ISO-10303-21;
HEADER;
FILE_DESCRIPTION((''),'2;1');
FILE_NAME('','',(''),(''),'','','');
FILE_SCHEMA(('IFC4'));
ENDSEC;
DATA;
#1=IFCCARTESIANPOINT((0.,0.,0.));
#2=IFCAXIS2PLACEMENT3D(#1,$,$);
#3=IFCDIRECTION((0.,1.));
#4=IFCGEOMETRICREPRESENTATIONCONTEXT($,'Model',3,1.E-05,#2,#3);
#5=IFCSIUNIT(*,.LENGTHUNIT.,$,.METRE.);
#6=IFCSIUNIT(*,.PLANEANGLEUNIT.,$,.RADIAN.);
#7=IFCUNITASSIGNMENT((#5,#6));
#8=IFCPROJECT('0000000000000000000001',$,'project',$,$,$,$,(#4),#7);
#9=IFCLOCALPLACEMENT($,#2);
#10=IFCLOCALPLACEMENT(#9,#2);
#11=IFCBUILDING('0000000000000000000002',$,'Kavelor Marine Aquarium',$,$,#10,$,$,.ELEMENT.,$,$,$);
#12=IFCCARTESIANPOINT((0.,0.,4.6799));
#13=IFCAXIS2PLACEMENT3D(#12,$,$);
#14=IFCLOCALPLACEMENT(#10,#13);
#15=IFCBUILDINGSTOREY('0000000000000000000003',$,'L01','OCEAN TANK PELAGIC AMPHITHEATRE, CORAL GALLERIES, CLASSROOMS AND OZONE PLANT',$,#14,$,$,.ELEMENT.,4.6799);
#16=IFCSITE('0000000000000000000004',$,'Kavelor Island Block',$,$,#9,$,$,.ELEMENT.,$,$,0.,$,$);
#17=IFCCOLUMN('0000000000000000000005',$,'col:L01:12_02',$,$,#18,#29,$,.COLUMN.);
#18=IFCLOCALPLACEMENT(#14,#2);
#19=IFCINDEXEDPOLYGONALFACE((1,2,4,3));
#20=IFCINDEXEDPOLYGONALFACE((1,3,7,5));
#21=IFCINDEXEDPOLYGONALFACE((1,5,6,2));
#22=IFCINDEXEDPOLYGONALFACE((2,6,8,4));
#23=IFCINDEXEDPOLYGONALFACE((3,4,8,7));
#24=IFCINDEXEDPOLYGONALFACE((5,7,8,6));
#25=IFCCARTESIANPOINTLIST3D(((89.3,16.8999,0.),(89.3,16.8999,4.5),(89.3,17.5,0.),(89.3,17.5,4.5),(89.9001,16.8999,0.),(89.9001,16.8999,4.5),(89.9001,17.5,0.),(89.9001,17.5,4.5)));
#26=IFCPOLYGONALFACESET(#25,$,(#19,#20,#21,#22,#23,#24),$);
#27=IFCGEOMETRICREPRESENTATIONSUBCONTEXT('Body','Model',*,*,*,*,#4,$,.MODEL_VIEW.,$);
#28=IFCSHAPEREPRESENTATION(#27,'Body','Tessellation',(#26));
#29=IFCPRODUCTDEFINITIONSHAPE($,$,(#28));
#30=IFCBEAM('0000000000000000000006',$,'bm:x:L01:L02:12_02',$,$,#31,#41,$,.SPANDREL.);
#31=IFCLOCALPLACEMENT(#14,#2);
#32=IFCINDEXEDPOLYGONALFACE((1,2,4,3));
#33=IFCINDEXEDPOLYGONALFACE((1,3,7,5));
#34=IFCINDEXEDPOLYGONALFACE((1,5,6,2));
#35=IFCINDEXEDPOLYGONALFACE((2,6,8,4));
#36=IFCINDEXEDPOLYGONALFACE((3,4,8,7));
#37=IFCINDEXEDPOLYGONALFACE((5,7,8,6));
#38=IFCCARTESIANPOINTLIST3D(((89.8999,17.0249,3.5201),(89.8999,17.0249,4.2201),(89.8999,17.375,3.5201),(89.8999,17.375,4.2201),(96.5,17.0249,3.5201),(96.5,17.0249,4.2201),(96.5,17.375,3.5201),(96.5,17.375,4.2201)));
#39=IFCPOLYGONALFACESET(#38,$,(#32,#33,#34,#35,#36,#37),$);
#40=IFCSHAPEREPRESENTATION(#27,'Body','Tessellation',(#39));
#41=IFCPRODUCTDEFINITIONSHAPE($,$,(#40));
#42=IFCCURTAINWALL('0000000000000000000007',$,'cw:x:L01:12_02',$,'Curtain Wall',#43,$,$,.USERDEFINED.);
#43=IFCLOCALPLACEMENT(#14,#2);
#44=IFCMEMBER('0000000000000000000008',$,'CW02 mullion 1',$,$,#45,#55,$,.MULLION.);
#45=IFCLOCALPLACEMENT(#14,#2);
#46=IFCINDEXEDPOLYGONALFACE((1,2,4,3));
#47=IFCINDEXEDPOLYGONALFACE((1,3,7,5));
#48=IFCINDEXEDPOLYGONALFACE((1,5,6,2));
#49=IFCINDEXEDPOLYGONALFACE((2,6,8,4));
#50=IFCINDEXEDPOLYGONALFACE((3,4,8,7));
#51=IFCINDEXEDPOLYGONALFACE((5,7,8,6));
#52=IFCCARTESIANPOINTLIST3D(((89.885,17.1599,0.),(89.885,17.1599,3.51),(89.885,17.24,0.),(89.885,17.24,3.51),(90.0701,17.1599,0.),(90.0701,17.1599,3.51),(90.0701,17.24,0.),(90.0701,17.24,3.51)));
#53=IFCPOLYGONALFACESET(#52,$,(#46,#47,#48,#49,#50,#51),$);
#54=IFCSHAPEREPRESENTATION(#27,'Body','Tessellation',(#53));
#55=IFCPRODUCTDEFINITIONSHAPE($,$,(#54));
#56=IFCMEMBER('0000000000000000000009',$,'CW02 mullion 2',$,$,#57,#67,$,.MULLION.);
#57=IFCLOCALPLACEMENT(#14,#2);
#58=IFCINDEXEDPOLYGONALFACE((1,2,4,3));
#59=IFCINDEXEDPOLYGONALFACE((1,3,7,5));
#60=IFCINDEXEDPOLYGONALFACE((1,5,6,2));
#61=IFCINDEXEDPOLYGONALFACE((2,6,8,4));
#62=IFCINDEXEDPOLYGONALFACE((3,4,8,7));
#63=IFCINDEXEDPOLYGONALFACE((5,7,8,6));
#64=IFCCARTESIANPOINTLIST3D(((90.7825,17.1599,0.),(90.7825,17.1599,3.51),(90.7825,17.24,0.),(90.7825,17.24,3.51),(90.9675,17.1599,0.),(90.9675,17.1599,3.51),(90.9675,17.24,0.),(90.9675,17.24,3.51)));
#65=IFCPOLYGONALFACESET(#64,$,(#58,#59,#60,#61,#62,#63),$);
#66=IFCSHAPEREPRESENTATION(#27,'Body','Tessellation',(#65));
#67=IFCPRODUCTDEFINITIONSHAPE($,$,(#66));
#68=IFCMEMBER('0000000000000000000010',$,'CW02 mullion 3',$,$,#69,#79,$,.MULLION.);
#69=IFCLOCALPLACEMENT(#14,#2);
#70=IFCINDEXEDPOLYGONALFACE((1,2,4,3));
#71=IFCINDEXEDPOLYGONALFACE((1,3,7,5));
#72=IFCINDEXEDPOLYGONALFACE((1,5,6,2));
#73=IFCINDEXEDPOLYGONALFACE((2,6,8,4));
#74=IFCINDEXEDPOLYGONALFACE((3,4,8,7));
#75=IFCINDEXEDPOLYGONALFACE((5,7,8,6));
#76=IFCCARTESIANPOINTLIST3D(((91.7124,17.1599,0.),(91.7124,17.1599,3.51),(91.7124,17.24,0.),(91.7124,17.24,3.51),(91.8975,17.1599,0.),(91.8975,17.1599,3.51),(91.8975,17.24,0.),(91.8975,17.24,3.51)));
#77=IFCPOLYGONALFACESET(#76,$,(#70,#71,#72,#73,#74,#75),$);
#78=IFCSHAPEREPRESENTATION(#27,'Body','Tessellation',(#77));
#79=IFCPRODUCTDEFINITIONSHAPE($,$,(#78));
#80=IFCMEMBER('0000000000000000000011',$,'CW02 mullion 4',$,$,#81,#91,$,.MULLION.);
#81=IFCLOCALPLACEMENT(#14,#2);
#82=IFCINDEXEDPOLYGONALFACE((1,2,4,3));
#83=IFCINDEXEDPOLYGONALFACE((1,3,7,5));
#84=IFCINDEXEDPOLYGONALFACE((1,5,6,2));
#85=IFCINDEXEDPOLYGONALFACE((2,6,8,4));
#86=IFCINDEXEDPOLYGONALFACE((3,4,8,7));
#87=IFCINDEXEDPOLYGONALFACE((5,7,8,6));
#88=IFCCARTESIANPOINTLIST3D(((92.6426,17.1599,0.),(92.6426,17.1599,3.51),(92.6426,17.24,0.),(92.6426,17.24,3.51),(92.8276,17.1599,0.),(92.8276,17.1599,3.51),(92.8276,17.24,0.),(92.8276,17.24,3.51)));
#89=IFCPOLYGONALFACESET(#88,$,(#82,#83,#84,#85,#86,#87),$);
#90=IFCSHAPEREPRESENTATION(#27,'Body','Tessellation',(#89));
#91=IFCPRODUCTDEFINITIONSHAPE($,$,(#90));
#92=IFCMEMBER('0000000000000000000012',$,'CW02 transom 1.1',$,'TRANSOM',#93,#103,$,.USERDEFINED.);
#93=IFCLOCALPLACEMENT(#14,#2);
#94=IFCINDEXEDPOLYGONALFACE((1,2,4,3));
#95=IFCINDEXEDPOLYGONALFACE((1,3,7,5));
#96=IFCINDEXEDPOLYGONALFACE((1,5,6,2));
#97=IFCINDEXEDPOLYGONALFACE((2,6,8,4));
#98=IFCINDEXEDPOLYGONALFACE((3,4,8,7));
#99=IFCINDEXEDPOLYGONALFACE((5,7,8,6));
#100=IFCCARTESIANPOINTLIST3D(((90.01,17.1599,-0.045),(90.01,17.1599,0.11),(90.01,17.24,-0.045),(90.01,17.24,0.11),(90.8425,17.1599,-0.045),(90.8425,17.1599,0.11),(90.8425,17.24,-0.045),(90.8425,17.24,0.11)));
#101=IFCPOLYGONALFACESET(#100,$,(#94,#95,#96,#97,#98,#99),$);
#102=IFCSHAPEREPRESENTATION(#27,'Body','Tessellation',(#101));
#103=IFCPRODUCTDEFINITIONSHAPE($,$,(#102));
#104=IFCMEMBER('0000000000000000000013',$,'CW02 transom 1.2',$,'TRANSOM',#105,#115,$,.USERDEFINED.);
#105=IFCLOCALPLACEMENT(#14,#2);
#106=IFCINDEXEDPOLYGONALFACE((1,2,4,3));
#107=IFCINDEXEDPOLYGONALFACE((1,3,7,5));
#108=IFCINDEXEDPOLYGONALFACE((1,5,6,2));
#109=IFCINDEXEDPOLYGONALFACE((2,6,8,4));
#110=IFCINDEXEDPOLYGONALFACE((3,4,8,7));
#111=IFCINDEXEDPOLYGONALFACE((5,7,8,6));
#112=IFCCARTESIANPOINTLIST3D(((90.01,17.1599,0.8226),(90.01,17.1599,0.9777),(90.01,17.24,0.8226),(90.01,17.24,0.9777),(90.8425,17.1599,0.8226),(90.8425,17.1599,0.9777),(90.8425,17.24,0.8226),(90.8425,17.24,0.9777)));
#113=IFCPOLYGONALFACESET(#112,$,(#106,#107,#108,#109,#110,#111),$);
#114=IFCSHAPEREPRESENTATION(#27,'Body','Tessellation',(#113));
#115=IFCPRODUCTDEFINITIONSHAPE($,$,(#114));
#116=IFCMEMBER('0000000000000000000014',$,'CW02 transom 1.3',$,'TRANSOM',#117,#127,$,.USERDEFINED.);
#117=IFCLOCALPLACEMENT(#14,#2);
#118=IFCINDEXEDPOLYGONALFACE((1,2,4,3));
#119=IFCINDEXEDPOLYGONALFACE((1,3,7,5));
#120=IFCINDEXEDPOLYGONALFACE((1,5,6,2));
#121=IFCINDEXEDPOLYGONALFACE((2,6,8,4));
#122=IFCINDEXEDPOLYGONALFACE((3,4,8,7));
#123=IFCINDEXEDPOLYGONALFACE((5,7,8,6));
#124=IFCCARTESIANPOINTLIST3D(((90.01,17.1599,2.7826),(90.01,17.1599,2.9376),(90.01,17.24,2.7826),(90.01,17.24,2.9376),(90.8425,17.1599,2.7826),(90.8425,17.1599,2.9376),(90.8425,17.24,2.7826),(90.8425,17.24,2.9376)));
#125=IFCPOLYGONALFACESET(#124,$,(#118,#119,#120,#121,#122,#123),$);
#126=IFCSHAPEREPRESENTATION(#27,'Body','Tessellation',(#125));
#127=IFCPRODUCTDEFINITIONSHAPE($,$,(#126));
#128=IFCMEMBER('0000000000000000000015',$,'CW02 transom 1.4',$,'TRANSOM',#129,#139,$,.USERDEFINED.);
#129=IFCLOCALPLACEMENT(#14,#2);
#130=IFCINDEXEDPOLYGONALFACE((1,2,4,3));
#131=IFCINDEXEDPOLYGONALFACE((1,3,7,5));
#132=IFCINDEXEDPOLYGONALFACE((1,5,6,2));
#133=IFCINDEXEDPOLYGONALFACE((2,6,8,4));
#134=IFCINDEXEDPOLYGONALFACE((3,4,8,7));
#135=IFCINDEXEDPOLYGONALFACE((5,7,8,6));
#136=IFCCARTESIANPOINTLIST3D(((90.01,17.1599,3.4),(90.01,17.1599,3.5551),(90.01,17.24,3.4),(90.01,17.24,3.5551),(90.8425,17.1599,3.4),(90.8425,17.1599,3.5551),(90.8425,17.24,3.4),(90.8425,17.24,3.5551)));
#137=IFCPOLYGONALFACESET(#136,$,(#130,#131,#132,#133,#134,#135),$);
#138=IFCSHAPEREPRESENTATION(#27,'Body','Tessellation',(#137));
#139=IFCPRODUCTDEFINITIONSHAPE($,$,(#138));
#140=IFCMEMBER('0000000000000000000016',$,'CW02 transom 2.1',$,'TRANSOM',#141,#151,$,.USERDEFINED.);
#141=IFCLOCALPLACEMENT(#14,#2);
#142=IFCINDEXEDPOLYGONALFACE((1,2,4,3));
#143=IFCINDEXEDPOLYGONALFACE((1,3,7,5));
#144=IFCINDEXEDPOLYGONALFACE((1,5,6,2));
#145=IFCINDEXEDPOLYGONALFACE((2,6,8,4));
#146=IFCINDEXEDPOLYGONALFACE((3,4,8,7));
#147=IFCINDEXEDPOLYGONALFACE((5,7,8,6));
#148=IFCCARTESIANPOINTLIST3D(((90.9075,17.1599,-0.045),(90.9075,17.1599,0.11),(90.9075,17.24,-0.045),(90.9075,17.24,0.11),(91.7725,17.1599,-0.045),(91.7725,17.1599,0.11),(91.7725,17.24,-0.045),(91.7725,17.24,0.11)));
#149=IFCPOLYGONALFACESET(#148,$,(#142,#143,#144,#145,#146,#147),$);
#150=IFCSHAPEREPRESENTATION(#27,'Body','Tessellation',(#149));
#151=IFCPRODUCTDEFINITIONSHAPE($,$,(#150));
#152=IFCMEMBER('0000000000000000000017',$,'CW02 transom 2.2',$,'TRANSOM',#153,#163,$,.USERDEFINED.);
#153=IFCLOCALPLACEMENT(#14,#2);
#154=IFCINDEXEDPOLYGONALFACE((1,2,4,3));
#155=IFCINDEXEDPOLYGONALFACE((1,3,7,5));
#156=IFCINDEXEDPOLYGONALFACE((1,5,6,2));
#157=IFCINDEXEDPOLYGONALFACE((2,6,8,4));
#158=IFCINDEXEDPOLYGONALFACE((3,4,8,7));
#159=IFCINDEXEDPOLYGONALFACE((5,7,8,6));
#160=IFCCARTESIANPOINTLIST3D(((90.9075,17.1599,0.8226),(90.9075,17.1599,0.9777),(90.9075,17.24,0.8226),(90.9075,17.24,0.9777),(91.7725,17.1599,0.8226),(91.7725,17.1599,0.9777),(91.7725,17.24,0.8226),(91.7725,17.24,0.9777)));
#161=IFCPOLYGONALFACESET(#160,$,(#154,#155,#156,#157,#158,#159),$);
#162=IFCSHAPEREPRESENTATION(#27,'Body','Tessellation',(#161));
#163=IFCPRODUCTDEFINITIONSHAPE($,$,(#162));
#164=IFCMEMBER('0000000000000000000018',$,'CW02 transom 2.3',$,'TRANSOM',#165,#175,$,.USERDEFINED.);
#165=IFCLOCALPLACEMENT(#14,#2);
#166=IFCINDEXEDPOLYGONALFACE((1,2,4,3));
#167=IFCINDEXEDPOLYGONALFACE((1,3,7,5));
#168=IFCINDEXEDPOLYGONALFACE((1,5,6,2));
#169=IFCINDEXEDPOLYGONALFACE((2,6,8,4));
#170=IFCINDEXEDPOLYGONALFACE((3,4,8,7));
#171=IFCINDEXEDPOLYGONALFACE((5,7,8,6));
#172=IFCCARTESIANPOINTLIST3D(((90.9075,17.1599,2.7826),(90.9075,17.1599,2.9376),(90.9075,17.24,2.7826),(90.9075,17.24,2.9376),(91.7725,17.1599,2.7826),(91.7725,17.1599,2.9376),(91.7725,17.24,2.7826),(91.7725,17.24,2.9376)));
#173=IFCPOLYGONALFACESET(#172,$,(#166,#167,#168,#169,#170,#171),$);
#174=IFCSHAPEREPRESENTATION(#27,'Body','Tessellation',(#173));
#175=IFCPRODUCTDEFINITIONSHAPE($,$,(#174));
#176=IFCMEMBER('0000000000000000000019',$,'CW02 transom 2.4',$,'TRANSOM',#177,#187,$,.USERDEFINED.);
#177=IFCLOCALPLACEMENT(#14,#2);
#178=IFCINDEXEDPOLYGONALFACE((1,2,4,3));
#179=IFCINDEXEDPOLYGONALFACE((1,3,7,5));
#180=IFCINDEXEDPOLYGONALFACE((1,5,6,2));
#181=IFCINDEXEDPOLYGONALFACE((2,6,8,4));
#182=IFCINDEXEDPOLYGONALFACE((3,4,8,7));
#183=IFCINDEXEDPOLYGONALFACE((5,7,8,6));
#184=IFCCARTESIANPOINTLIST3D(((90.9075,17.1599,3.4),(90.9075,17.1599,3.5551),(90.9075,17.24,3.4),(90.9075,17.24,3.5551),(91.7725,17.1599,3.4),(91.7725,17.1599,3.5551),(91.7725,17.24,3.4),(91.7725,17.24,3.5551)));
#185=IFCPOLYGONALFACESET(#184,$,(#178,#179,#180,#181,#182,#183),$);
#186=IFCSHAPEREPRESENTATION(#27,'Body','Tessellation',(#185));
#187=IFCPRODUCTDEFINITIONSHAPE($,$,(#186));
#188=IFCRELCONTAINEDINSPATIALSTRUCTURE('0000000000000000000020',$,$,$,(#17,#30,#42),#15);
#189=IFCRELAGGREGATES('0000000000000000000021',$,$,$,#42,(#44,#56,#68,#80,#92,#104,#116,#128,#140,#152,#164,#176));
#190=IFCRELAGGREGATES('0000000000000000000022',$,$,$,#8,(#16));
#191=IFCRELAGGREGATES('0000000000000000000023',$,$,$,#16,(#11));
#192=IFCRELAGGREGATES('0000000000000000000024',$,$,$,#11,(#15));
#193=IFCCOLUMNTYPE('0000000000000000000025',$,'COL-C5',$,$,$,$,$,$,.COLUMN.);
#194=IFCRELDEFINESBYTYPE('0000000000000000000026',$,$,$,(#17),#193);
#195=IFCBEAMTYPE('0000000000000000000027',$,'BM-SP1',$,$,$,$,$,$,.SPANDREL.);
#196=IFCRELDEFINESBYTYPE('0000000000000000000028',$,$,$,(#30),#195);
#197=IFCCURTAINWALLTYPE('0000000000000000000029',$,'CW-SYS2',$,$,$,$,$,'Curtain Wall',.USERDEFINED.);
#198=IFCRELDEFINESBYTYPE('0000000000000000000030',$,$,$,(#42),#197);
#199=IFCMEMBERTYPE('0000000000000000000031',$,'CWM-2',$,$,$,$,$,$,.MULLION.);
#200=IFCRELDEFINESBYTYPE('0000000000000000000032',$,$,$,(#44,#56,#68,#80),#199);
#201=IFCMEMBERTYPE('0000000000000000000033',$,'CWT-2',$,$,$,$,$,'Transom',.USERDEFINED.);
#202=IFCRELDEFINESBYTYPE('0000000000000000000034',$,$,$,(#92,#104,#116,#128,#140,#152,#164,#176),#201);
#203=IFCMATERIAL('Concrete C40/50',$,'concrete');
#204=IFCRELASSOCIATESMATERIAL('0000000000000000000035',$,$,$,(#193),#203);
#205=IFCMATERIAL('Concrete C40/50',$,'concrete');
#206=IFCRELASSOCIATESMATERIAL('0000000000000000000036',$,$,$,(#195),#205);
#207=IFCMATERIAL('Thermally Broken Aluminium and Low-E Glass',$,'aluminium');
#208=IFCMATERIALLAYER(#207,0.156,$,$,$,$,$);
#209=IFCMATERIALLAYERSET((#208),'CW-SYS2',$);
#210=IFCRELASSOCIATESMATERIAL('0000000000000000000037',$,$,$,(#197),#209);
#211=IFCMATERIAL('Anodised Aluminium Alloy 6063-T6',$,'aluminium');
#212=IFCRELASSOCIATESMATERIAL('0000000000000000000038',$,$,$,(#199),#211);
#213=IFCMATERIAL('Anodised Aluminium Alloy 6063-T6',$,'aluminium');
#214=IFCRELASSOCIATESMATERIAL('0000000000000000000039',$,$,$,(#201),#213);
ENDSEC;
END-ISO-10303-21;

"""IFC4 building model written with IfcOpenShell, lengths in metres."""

from ifc_helpers import new_model, si_unit, direction, frame, origin, origin_2d, place, context, subcontext, project, spatial, rectangle, extrude, material, layer, layer_set, material_profile, profile_set, type_object, element, aggregate, save


model = new_model("IFC4")

# Units and contexts
model_context = context("Model", 3, precision=1e-05, world=origin(), true_north=direction((0.0, 1.0)))
body_context = subcontext(model_context, "Body", "Model", "MODEL_VIEW")
ifc_project = project(units=[si_unit("LENGTHUNIT", "METRE"), si_unit("PLANEANGLEUNIT", "RADIAN")], contexts=[model_context])

# Site, building, storey
site_placement = place(None, origin())
site = spatial("IfcSite", under=ifc_project, at=site_placement, Name="Kavelor Island Block", CompositionType="ELEMENT", RefElevation=0.0)
building_placement = place(site_placement, origin())
building = spatial("IfcBuilding", under=site, at=building_placement, Name="Kavelor Marine Aquarium", CompositionType="ELEMENT")
storey_placement = place(building_placement, frame((0.0, 0.0, 4.6799)))
storey = spatial("IfcBuildingStorey", under=building, at=storey_placement, Name="L01", Description="OCEAN TANK PELAGIC AMPHITHEATRE, CORAL GALLERIES, CLASSROOMS AND OZONE PLANT", CompositionType="ELEMENT", Elevation=4.6799)

# Column
ifc_material_1 = material(Name="Concrete C40/50", Category="concrete")
ifc_material_profile_1 = material_profile(ifc_material_1, rectangle(XDim=0.6001, YDim=0.6001, at=origin_2d()), Name="RC-COL 600x600")
ifc_profile_set_1 = profile_set([ifc_material_profile_1], Name="Concrete C40/50")
column_type = type_object("IfcColumnType", Name="COL-C5", PredefinedType="COLUMN", material=ifc_profile_set_1)
column_placement = place(storey_placement, frame((89.6001, 17.2, 0.0), z_axis=(0.0, 0.0, 1.0), x_axis=(1.0, 0.0, 0.0)))
element("IfcColumn", 1, at=column_placement, inside=storey, type_object=column_type, Name="col:L01:12_02", PredefinedType="COLUMN", context=body_context, shape_type="SweptSolid", body=[
    extrude(rectangle(XDim=0.6001, YDim=0.6001, at=origin_2d()), origin(), (0.0, 0.0, 1.0), 4.5),
])

# Beam
ifc_material_2 = material(Name="Concrete C40/50", Category="concrete")
ifc_material_profile_2 = material_profile(ifc_material_2, rectangle(XDim=0.3501, YDim=0.7, at=origin_2d()), Name="RC-SP 350x700")
ifc_profile_set_2 = profile_set([ifc_material_profile_2], Name="Concrete C40/50")
beam_type = type_object("IfcBeamType", Name="BM-SP1", PredefinedType="SPANDREL", material=ifc_profile_set_2)
beam_placement = place(storey_placement, frame((89.8999, 17.2, 3.8701), z_axis=(1.0, 0.0, 0.0), x_axis=(0.0, 1.0, 0.0)))
element("IfcBeam", 2, at=beam_placement, inside=storey, type_object=beam_type, Name="bm:x:L01:L02:12_02", PredefinedType="SPANDREL", context=body_context, shape_type="SweptSolid", body=[
    extrude(rectangle(XDim=0.3501, YDim=0.7, at=origin_2d()), origin(), (0.0, 0.0, 1.0), 6.6001),
])

# Curtain wall, members
ifc_material_3 = material(Name="Thermally Broken Aluminium and Low-E Glass", Category="aluminium")
ifc_layer_1 = layer(ifc_material_3, 0.156)
ifc_layer_set_1 = layer_set([ifc_layer_1], Name="CW-SYS2")
curtain_wall_type = type_object("IfcCurtainWallType", Name="CW-SYS2", ElementType="Curtain Wall", PredefinedType="USERDEFINED", material=ifc_layer_set_1)
curtain_wall_placement = place(storey_placement, origin())
curtain_wall = element("IfcCurtainWall", 3, at=curtain_wall_placement, inside=storey, type_object=curtain_wall_type, Name="cw:x:L01:12_02", ObjectType="Curtain Wall", PredefinedType="USERDEFINED")
ifc_material_4 = material(Name="Anodised Aluminium Alloy 6063-T6", Category="aluminium")
ifc_material_profile_3 = material_profile(ifc_material_4, rectangle(XDim=0.0801, YDim=0.1851, at=origin_2d()), Name="CW-MUL 80x185")
ifc_profile_set_3 = profile_set([ifc_material_profile_3], Name="Anodised Aluminium Alloy 6063-T6")
member_type_1 = type_object("IfcMemberType", Name="CWM-2", PredefinedType="MULLION", material=ifc_profile_set_3)
member_1_placement = place(storey_placement, frame((89.9775, 17.2, 0.0), z_axis=(0.0, 0.0, 1.0), x_axis=(0.0, 1.0, 0.0)))
member_1 = element("IfcMember", 4, at=member_1_placement, type_object=member_type_1, Name="CW02 mullion 1", PredefinedType="MULLION", context=body_context, shape_type="SweptSolid", body=[
    extrude(rectangle(XDim=0.0801, YDim=0.1851, at=origin_2d()), origin(), (0.0, 0.0, 1.0), 3.51),
])
member_2_placement = place(storey_placement, frame((90.875, 17.2, 0.0), z_axis=(0.0, 0.0, 1.0), x_axis=(0.0, 1.0, 0.0)))
member_2 = element("IfcMember", 5, at=member_2_placement, type_object=member_type_1, Name="CW02 mullion 2", PredefinedType="MULLION", context=body_context, shape_type="SweptSolid", body=[
    extrude(rectangle(XDim=0.0801, YDim=0.1851, at=origin_2d()), origin(), (0.0, 0.0, 1.0), 3.51),
])
member_3_placement = place(storey_placement, frame((91.8049, 17.2, 0.0), z_axis=(0.0, 0.0, 1.0), x_axis=(0.0, 1.0, 0.0)))
member_3 = element("IfcMember", 6, at=member_3_placement, type_object=member_type_1, Name="CW02 mullion 3", PredefinedType="MULLION", context=body_context, shape_type="SweptSolid", body=[
    extrude(rectangle(XDim=0.0801, YDim=0.1851, at=origin_2d()), origin(), (0.0, 0.0, 1.0), 3.51),
])
member_4_placement = place(storey_placement, frame((92.7351, 17.2, 0.0), z_axis=(0.0, 0.0, 1.0), x_axis=(0.0, 1.0, 0.0)))
member_4 = element("IfcMember", 7, at=member_4_placement, type_object=member_type_1, Name="CW02 mullion 4", PredefinedType="MULLION", context=body_context, shape_type="SweptSolid", body=[
    extrude(rectangle(XDim=0.0801, YDim=0.1851, at=origin_2d()), origin(), (0.0, 0.0, 1.0), 3.51),
])
ifc_material_5 = material(Name="Anodised Aluminium Alloy 6063-T6", Category="aluminium")
ifc_material_profile_4 = material_profile(ifc_material_5, rectangle(XDim=0.0801, YDim=0.155, at=origin_2d()), Name="CW-TRN 80x155")
ifc_profile_set_4 = profile_set([ifc_material_profile_4], Name="Anodised Aluminium Alloy 6063-T6")
member_type_2 = type_object("IfcMemberType", Name="CWT-2", ElementType="Transom", PredefinedType="USERDEFINED", material=ifc_profile_set_4)
member_5_placement = place(storey_placement, frame((90.01, 17.2, 0.0325), z_axis=(1.0, 0.0, 0.0), x_axis=(0.0, 1.0, 0.0)))
member_5 = element("IfcMember", 8, at=member_5_placement, type_object=member_type_2, Name="CW02 transom 1.1", ObjectType="TRANSOM", PredefinedType="USERDEFINED", context=body_context, shape_type="SweptSolid", body=[
    extrude(rectangle(XDim=0.0801, YDim=0.155, at=origin_2d()), origin(), (0.0, 0.0, 1.0), 0.8325),
])
member_6_placement = place(storey_placement, frame((90.01, 17.2, 0.9001), z_axis=(1.0, 0.0, 0.0), x_axis=(0.0, 1.0, 0.0)))
member_6 = element("IfcMember", 9, at=member_6_placement, type_object=member_type_2, Name="CW02 transom 1.2", ObjectType="TRANSOM", PredefinedType="USERDEFINED", context=body_context, shape_type="SweptSolid", body=[
    extrude(rectangle(XDim=0.0801, YDim=0.155, at=origin_2d()), origin(), (0.0, 0.0, 1.0), 0.8325),
])
member_7_placement = place(storey_placement, frame((90.01, 17.2, 2.8601), z_axis=(1.0, 0.0, 0.0), x_axis=(0.0, 1.0, 0.0)))
member_7 = element("IfcMember", 10, at=member_7_placement, type_object=member_type_2, Name="CW02 transom 1.3", ObjectType="TRANSOM", PredefinedType="USERDEFINED", context=body_context, shape_type="SweptSolid", body=[
    extrude(rectangle(XDim=0.0801, YDim=0.155, at=origin_2d()), origin(), (0.0, 0.0, 1.0), 0.8325),
])
member_8_placement = place(storey_placement, frame((90.01, 17.2, 3.4775), z_axis=(1.0, 0.0, 0.0), x_axis=(0.0, 1.0, 0.0)))
member_8 = element("IfcMember", 11, at=member_8_placement, type_object=member_type_2, Name="CW02 transom 1.4", ObjectType="TRANSOM", PredefinedType="USERDEFINED", context=body_context, shape_type="SweptSolid", body=[
    extrude(rectangle(XDim=0.0801, YDim=0.155, at=origin_2d()), origin(), (0.0, 0.0, 1.0), 0.8325),
])
member_9_placement = place(storey_placement, frame((90.9075, 17.2, 0.0325), z_axis=(1.0, 0.0, 0.0), x_axis=(0.0, 1.0, 0.0)))
member_9 = element("IfcMember", 12, at=member_9_placement, type_object=member_type_2, Name="CW02 transom 2.1", ObjectType="TRANSOM", PredefinedType="USERDEFINED", context=body_context, shape_type="SweptSolid", body=[
    extrude(rectangle(XDim=0.0801, YDim=0.155, at=origin_2d()), origin(), (0.0, 0.0, 1.0), 0.865),
])
member_10_placement = place(storey_placement, frame((90.9075, 17.2, 0.9001), z_axis=(1.0, 0.0, 0.0), x_axis=(0.0, 1.0, 0.0)))
member_10 = element("IfcMember", 13, at=member_10_placement, type_object=member_type_2, Name="CW02 transom 2.2", ObjectType="TRANSOM", PredefinedType="USERDEFINED", context=body_context, shape_type="SweptSolid", body=[
    extrude(rectangle(XDim=0.0801, YDim=0.155, at=origin_2d()), origin(), (0.0, 0.0, 1.0), 0.865),
])
member_11_placement = place(storey_placement, frame((90.9075, 17.2, 2.8601), z_axis=(1.0, 0.0, 0.0), x_axis=(0.0, 1.0, 0.0)))
member_11 = element("IfcMember", 14, at=member_11_placement, type_object=member_type_2, Name="CW02 transom 2.3", ObjectType="TRANSOM", PredefinedType="USERDEFINED", context=body_context, shape_type="SweptSolid", body=[
    extrude(rectangle(XDim=0.0801, YDim=0.155, at=origin_2d()), origin(), (0.0, 0.0, 1.0), 0.865),
])
member_12_placement = place(storey_placement, frame((90.9075, 17.2, 3.4775), z_axis=(1.0, 0.0, 0.0), x_axis=(0.0, 1.0, 0.0)))
member_12 = element("IfcMember", 15, at=member_12_placement, type_object=member_type_2, Name="CW02 transom 2.4", ObjectType="TRANSOM", PredefinedType="USERDEFINED", context=body_context, shape_type="SweptSolid", body=[
    extrude(rectangle(XDim=0.0801, YDim=0.155, at=origin_2d()), origin(), (0.0, 0.0, 1.0), 0.865),
])
aggregate(curtain_wall, [member_1, member_2, member_3, member_4, member_5, member_6, member_7, member_8, member_9, member_10, member_11, member_12])

save(model, "model.ifc")
